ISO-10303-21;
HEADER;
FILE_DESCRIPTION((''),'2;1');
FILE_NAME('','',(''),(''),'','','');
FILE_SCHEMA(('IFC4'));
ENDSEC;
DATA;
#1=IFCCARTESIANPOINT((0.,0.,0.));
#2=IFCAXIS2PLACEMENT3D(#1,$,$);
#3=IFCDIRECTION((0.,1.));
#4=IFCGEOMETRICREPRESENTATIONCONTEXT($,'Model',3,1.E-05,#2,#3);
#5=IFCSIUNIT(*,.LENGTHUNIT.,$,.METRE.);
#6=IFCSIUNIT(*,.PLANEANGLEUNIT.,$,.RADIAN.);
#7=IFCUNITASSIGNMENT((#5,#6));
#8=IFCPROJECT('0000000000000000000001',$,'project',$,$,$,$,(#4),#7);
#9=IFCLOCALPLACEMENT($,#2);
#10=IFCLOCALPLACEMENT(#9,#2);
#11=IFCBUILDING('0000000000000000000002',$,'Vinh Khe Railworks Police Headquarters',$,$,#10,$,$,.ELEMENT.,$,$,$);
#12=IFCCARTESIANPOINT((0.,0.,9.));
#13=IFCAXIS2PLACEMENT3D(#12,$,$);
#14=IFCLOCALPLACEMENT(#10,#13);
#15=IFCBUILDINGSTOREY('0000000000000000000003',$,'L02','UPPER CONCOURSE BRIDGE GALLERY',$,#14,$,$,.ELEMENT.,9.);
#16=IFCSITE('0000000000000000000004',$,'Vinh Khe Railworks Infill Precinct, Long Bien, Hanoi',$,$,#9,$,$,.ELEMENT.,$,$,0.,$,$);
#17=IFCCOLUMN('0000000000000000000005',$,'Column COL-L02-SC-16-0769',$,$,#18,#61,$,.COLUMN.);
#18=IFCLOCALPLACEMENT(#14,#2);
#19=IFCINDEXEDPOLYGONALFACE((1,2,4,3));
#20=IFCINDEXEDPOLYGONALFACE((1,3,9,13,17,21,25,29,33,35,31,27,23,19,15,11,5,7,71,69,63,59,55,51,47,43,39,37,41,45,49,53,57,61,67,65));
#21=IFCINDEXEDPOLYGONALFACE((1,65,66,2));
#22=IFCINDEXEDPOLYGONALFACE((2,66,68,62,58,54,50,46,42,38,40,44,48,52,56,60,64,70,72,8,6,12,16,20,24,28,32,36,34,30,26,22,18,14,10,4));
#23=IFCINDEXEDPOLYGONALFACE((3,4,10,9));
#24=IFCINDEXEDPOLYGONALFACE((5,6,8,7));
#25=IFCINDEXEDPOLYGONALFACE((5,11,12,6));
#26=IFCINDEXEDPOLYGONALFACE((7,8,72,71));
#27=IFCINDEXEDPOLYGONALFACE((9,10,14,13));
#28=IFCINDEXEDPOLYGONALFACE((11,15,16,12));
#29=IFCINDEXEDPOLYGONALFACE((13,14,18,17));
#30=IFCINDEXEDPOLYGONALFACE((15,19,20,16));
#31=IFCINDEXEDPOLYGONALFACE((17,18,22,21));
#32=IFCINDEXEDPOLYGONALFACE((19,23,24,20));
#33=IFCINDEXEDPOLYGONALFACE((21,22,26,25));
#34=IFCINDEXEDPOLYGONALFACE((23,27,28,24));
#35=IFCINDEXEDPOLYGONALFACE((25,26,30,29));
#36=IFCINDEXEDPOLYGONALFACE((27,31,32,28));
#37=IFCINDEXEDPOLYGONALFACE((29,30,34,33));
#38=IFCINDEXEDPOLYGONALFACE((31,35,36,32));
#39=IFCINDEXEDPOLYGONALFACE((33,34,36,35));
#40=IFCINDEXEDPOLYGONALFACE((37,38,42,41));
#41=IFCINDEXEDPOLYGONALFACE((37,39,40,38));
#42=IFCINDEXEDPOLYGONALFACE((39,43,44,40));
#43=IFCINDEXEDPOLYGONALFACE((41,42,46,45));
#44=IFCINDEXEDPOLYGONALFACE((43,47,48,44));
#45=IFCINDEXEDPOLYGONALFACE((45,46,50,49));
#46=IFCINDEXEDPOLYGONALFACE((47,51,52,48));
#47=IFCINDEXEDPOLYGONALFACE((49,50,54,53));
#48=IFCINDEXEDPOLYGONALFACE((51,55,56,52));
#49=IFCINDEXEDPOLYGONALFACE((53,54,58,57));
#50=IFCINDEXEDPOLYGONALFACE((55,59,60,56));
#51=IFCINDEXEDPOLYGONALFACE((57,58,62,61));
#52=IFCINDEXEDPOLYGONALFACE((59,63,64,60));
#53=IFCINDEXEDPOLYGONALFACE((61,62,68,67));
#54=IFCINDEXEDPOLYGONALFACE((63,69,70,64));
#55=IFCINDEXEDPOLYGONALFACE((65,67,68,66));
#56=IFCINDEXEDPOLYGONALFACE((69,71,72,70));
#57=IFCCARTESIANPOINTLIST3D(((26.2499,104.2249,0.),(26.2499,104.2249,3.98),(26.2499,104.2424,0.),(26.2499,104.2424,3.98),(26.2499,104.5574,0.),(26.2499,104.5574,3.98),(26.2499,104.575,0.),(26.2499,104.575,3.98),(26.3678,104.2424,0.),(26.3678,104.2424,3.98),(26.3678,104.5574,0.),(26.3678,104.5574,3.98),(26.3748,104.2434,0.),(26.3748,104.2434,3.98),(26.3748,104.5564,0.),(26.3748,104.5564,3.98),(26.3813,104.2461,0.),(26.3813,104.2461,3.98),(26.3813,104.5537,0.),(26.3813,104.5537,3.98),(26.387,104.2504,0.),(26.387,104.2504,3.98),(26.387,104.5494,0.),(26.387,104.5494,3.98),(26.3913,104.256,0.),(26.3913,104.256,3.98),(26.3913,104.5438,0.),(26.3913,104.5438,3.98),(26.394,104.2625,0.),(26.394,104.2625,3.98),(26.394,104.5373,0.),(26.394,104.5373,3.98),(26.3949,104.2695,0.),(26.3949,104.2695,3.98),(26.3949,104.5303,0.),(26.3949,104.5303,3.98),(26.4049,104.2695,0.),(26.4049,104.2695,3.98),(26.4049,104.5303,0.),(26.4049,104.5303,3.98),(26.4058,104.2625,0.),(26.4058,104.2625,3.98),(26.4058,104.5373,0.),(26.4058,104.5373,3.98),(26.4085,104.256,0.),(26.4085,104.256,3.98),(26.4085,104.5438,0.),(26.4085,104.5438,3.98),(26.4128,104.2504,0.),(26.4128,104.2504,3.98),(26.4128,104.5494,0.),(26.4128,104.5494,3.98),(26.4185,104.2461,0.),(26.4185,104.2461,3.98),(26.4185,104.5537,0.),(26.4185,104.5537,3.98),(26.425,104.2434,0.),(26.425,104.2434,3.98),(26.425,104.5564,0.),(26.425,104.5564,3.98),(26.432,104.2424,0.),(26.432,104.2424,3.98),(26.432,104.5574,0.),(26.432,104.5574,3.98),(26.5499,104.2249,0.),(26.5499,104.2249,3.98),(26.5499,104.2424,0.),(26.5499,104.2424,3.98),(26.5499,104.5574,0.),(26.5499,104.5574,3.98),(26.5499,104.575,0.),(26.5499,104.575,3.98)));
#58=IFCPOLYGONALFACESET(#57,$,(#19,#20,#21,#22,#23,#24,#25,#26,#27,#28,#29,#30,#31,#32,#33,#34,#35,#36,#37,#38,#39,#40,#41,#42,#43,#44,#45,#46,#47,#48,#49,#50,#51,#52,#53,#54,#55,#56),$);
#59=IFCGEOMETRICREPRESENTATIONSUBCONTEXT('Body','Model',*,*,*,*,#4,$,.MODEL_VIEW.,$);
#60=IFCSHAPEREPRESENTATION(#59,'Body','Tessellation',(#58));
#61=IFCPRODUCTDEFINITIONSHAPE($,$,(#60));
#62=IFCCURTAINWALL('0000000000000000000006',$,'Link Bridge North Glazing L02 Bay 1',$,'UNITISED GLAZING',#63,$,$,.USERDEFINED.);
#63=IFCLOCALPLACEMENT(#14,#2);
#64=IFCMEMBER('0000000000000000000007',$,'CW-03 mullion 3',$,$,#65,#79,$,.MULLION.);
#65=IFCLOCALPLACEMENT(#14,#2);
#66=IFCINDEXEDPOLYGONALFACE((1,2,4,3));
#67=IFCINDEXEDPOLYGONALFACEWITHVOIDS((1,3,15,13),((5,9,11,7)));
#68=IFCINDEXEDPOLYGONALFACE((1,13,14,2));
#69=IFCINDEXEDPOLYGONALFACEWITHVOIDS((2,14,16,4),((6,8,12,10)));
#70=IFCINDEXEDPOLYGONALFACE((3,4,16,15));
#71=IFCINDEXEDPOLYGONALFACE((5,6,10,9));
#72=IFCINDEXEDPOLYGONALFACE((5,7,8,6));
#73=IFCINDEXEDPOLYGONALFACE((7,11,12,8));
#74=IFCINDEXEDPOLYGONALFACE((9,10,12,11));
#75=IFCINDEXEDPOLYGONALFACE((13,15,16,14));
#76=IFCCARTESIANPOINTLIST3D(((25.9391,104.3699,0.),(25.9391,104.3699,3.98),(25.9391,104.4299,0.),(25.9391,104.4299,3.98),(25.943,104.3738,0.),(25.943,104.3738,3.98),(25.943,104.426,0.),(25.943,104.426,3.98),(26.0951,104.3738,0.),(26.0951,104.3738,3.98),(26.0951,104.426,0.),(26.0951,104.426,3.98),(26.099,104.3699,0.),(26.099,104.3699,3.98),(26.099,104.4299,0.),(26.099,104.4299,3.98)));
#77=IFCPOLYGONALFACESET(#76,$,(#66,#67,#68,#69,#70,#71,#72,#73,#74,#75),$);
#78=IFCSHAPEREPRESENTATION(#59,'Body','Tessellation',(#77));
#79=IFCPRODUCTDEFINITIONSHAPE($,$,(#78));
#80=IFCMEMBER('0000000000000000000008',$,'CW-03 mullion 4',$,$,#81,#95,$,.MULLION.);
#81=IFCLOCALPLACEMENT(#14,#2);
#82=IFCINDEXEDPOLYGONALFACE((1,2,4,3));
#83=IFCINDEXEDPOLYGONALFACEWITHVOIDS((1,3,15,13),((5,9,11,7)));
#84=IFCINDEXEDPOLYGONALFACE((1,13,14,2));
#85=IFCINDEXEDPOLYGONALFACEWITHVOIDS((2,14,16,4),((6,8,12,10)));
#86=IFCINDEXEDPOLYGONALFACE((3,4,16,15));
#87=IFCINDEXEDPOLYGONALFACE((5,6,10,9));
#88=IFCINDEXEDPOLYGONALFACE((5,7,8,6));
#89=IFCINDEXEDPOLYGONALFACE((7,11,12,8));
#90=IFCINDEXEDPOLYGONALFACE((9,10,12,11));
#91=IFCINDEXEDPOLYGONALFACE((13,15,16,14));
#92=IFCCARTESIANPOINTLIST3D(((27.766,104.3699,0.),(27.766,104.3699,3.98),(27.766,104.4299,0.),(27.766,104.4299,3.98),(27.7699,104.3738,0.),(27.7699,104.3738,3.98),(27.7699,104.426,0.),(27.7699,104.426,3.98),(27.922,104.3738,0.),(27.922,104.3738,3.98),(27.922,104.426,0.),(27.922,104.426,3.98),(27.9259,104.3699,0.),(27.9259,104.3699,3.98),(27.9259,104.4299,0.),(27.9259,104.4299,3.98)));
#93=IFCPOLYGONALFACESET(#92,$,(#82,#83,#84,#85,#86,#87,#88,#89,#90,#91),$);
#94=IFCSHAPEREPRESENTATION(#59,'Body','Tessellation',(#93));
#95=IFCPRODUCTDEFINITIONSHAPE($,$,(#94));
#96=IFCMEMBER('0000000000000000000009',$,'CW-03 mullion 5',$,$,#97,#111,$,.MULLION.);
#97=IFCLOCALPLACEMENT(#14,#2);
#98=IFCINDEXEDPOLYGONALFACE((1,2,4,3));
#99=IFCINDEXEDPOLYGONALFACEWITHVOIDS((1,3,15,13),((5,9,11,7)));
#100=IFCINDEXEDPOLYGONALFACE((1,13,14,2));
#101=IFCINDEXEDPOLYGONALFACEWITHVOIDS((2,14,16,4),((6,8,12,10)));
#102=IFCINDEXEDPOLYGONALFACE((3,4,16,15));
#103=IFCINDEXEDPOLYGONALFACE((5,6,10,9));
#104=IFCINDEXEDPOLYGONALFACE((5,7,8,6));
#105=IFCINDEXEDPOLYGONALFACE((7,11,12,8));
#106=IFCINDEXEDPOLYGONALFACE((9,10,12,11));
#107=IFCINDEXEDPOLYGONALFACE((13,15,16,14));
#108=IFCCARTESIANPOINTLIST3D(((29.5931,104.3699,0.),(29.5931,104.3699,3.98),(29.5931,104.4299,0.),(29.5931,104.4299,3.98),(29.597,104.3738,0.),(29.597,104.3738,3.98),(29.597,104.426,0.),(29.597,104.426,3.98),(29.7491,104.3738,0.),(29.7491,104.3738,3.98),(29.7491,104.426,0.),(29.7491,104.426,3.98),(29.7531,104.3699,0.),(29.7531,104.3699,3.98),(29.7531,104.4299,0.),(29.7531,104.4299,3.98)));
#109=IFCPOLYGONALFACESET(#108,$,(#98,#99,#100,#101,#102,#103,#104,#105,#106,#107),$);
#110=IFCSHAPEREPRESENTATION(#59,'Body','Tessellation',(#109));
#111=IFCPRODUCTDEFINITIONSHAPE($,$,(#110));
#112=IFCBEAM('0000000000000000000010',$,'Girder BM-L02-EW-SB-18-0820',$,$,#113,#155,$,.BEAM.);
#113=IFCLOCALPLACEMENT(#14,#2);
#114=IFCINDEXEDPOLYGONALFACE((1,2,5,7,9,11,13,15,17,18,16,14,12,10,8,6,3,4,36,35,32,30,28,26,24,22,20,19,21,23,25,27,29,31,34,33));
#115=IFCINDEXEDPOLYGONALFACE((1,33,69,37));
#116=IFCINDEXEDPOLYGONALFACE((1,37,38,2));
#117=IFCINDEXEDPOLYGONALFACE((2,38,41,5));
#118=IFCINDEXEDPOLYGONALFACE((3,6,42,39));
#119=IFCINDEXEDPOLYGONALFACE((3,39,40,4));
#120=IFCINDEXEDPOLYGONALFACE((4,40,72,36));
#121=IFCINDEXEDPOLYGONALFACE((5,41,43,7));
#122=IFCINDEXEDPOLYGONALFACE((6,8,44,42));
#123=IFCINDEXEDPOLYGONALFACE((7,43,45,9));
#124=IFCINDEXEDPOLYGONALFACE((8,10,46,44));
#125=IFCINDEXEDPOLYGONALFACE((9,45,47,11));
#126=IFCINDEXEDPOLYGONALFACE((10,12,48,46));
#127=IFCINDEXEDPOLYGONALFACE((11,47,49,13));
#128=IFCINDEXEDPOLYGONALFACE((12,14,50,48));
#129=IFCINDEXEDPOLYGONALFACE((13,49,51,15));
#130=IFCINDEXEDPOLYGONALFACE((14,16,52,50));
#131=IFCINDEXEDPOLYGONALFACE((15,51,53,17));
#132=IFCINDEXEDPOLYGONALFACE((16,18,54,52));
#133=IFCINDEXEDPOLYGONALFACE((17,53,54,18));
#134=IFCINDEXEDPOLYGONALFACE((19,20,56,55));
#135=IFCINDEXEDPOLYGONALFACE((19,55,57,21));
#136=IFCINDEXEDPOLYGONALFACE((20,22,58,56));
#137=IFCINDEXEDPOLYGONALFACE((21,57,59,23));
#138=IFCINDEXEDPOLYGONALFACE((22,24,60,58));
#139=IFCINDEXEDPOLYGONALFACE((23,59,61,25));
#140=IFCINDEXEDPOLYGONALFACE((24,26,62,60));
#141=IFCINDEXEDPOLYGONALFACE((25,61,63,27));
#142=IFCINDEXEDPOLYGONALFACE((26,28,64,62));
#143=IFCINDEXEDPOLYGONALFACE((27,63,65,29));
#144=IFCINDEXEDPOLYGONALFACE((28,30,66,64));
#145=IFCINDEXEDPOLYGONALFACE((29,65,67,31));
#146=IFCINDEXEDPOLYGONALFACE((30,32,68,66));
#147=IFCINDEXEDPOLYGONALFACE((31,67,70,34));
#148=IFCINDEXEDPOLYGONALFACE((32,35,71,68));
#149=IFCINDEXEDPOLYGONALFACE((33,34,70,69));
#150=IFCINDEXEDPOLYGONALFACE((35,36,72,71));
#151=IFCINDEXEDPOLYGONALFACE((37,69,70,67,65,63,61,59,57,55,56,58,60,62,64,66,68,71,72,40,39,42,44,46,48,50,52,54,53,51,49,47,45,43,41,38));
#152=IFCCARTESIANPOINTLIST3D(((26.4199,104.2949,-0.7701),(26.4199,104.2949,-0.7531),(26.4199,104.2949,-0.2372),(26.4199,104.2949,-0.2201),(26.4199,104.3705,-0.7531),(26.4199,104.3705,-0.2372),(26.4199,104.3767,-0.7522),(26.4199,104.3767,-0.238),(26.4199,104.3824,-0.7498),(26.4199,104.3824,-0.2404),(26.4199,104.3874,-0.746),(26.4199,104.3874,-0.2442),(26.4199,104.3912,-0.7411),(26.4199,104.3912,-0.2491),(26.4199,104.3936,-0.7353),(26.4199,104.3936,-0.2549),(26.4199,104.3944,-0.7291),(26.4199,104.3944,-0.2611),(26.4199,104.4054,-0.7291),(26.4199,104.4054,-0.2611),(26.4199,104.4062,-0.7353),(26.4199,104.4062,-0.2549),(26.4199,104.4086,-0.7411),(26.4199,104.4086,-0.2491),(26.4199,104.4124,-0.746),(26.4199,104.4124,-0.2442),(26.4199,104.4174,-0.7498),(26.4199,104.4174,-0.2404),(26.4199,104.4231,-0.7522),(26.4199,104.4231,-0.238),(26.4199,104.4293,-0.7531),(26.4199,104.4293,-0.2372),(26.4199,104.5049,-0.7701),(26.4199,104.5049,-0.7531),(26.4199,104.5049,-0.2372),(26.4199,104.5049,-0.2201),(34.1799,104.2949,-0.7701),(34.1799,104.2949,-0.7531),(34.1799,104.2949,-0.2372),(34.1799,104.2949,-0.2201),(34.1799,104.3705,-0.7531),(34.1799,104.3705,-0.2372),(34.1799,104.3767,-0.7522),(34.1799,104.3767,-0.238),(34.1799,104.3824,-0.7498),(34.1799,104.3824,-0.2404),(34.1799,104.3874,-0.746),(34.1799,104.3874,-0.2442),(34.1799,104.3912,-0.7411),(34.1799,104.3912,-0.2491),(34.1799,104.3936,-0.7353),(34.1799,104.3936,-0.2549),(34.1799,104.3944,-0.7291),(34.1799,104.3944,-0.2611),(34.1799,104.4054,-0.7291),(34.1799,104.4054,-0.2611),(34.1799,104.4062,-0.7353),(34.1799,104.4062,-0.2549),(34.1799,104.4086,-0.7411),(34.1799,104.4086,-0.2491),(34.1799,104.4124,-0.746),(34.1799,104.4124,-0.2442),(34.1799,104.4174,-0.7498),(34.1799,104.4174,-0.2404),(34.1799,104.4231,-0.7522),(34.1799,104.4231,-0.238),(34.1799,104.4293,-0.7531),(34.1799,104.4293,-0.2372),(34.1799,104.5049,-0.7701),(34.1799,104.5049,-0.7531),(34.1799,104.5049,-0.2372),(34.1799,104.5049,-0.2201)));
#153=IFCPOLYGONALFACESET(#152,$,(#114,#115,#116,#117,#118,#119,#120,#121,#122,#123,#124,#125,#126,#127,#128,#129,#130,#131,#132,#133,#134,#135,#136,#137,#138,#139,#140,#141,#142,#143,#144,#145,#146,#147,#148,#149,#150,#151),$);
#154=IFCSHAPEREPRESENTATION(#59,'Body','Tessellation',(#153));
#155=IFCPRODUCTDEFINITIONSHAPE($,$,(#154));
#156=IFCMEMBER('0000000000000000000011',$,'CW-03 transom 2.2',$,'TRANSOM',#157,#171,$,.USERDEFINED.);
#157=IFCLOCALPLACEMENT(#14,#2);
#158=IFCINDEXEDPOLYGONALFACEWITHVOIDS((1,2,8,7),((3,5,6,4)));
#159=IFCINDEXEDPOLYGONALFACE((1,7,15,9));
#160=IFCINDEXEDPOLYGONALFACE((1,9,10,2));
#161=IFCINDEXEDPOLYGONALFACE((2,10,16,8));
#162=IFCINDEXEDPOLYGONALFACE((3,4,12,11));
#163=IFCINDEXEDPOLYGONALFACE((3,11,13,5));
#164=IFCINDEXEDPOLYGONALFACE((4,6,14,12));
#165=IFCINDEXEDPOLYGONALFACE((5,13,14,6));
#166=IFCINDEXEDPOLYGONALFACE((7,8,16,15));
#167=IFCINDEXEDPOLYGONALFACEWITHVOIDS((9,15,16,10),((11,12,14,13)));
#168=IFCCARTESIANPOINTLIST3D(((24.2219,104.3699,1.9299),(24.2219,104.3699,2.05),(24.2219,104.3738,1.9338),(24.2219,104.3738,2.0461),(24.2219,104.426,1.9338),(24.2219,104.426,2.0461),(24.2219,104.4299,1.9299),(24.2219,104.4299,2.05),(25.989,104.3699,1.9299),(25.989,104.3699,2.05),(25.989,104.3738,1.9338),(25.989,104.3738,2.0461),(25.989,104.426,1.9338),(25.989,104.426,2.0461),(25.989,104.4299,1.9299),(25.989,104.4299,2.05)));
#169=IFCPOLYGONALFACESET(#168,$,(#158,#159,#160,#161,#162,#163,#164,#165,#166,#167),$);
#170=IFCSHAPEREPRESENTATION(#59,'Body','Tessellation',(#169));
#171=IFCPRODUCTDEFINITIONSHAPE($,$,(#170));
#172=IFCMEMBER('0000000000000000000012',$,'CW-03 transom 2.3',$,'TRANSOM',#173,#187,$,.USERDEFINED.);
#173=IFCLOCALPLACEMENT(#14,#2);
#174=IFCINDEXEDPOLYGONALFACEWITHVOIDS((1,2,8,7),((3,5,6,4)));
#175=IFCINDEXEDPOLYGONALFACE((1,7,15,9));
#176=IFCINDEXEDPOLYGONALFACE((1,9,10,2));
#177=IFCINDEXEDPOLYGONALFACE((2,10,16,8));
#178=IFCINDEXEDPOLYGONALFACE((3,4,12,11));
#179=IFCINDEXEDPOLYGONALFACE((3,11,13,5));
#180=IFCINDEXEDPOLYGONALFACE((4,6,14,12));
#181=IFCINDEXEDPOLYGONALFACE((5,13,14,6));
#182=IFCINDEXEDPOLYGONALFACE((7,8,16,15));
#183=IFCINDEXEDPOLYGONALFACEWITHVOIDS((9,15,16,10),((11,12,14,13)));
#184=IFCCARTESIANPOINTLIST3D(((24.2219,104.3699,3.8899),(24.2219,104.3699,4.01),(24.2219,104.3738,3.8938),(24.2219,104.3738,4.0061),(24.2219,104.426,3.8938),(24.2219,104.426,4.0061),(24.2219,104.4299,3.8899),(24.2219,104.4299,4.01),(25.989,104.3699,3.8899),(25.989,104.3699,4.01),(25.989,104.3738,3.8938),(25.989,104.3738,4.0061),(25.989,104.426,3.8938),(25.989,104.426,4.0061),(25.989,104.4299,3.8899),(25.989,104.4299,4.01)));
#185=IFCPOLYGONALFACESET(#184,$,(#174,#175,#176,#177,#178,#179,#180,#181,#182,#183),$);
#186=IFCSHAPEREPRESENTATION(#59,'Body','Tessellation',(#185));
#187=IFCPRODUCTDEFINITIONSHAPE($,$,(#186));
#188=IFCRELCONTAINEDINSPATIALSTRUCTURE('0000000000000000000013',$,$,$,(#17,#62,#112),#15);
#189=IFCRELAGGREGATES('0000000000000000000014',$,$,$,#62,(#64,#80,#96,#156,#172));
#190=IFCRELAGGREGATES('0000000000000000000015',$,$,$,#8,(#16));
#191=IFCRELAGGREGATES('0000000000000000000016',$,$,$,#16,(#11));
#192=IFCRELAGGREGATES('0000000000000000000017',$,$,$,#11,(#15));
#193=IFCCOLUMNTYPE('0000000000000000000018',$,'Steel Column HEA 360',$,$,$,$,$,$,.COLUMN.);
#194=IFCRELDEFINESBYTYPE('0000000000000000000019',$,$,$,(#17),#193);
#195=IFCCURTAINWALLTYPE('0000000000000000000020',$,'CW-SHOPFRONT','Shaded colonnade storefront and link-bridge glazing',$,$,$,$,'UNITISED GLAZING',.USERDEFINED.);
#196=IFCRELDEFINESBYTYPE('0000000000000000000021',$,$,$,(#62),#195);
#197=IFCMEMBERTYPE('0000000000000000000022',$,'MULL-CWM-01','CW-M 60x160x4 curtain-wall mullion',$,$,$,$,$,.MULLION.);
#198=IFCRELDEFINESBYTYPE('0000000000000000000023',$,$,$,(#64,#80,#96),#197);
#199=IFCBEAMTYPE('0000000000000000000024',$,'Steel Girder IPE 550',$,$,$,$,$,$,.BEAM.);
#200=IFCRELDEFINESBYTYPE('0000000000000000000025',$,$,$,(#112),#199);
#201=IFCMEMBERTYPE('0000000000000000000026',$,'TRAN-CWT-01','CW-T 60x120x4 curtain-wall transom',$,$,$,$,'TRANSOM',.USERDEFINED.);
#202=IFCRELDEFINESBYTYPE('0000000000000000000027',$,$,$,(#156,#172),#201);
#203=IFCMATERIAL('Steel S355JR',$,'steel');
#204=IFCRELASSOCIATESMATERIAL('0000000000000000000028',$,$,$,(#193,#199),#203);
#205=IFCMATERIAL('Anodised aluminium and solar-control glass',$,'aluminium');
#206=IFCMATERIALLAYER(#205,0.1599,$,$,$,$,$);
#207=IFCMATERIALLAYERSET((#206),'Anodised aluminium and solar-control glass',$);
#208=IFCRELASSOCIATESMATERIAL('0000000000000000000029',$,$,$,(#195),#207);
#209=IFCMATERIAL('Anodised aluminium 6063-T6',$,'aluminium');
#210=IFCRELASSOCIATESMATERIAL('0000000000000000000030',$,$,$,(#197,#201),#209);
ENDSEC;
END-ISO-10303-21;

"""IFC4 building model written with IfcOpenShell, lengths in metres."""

from ifc_helpers import new_model, si_unit, direction, frame, origin, origin_2d, place, context, subcontext, project, spatial, hollow_rectangle, i_section, extrude, material, layer, layer_set, material_profile, profile_set, type_object, element, aggregate, save


model = new_model("IFC4")

# Units and contexts
model_context = context("Model", 3, precision=1e-05, world=origin(), true_north=direction((0.0, 1.0)))
body_context = subcontext(model_context, "Body", "Model", "MODEL_VIEW")
ifc_project = project(units=[si_unit("LENGTHUNIT", "METRE"), si_unit("PLANEANGLEUNIT", "RADIAN")], contexts=[model_context])

# Site, building, storey
site_placement = place(None, origin())
site = spatial("IfcSite", under=ifc_project, at=site_placement, Name="Vinh Khe Railworks Infill Precinct, Long Bien, Hanoi", CompositionType="ELEMENT", RefElevation=0.0)
building_placement = place(site_placement, origin())
building = spatial("IfcBuilding", under=site, at=building_placement, Name="Vinh Khe Railworks Police Headquarters", CompositionType="ELEMENT")
storey_placement = place(building_placement, frame((0.0, 0.0, 9.0)))
storey = spatial("IfcBuildingStorey", under=building, at=storey_placement, Name="L02", Description="UPPER CONCOURSE BRIDGE GALLERY", CompositionType="ELEMENT", Elevation=9.0)

# Column
ifc_material_1 = material(Name="Steel S355JR", Category="steel")
ifc_material_profile_1 = material_profile(ifc_material_1, i_section(OverallWidth=0.3, OverallDepth=0.3501, WebThickness=0.01, FlangeThickness=0.0176, FilletRadius=0.0271, at=origin_2d()), Name="HEA 360")
ifc_profile_set_1 = profile_set([ifc_material_profile_1], Name="Steel S355JR")
column_type = type_object("IfcColumnType", Name="Steel Column HEA 360", PredefinedType="COLUMN", material=ifc_profile_set_1)
column_placement = place(storey_placement, frame((26.3999, 104.3999, 0.0), z_axis=(0.0, 0.0, 1.0), x_axis=(1.0, 0.0, 0.0)))
element("IfcColumn", 1, at=column_placement, inside=storey, type_object=column_type, Name="Column COL-L02-SC-16-0769", PredefinedType="COLUMN", context=body_context, shape_type="SweptSolid", body=[
    extrude(i_section(OverallWidth=0.3, OverallDepth=0.3501, WebThickness=0.01, FlangeThickness=0.0176, FilletRadius=0.0271, at=origin_2d()), origin(), (0.0, 0.0, 1.0), 3.98),
])

# Curtain wall, members
ifc_material_2 = material(Name="Anodised aluminium and solar-control glass", Category="aluminium")
ifc_layer_1 = layer(ifc_material_2, 0.1599)
ifc_layer_set_1 = layer_set([ifc_layer_1], Name="Anodised aluminium and solar-control glass")
curtain_wall_type = type_object("IfcCurtainWallType", Name="CW-SHOPFRONT", Description="Shaded colonnade storefront and link-bridge glazing", ElementType="UNITISED GLAZING", PredefinedType="USERDEFINED", material=ifc_layer_set_1)
curtain_wall_placement = place(storey_placement, origin())
curtain_wall = element("IfcCurtainWall", 2, at=curtain_wall_placement, inside=storey, type_object=curtain_wall_type, Name="Link Bridge North Glazing L02 Bay 1", ObjectType="UNITISED GLAZING", PredefinedType="USERDEFINED")
ifc_material_3 = material(Name="Anodised aluminium 6063-T6", Category="aluminium")
ifc_material_profile_2 = material_profile(ifc_material_3, hollow_rectangle(XDim=0.0601, YDim=0.1599, WallThickness=0.0039, at=origin_2d()), Name="CW-M 60x160x4")
ifc_profile_set_2 = profile_set([ifc_material_profile_2], Name="Anodised aluminium 6063-T6")
member_type_1 = type_object("IfcMemberType", Name="MULL-CWM-01", Description="CW-M 60x160x4 curtain-wall mullion", PredefinedType="MULLION", material=ifc_profile_set_2)
member_1_placement = place(storey_placement, frame((26.019, 104.3999, 0.0), z_axis=(0.0, 0.0, 1.0), x_axis=(0.0, 1.0, 0.0)))
member_1 = element("IfcMember", 3, at=member_1_placement, type_object=member_type_1, Name="CW-03 mullion 3", PredefinedType="MULLION", context=body_context, shape_type="SweptSolid", body=[
    extrude(hollow_rectangle(XDim=0.0601, YDim=0.1599, WallThickness=0.0039, at=origin_2d()), origin(), (0.0, 0.0, 1.0), 3.98),
])
member_2_placement = place(storey_placement, frame((27.8459, 104.3999, 0.0), z_axis=(0.0, 0.0, 1.0), x_axis=(0.0, 1.0, 0.0)))
member_2 = element("IfcMember", 4, at=member_2_placement, type_object=member_type_1, Name="CW-03 mullion 4", PredefinedType="MULLION", context=body_context, shape_type="SweptSolid", body=[
    extrude(hollow_rectangle(XDim=0.0601, YDim=0.1599, WallThickness=0.0039, at=origin_2d()), origin(), (0.0, 0.0, 1.0), 3.98),
])
member_3_placement = place(storey_placement, frame((29.6731, 104.3999, 0.0), z_axis=(0.0, 0.0, 1.0), x_axis=(0.0, 1.0, 0.0)))
member_3 = element("IfcMember", 5, at=member_3_placement, type_object=member_type_1, Name="CW-03 mullion 5", PredefinedType="MULLION", context=body_context, shape_type="SweptSolid", body=[
    extrude(hollow_rectangle(XDim=0.0601, YDim=0.1599, WallThickness=0.0039, at=origin_2d()), origin(), (0.0, 0.0, 1.0), 3.98),
])

# Beam
ifc_material_profile_3 = material_profile(ifc_material_1, i_section(OverallWidth=0.21, OverallDepth=0.55, WebThickness=0.011, FlangeThickness=0.0171, FilletRadius=0.0239, at=origin_2d()), Name="IPE 550")
ifc_profile_set_3 = profile_set([ifc_material_profile_3], Name="Steel S355JR")
beam_type = type_object("IfcBeamType", Name="Steel Girder IPE 550", PredefinedType="BEAM", material=ifc_profile_set_3)
beam_placement = place(storey_placement, frame((26.4199, 104.3999, -0.4951), z_axis=(1.0, 0.0, 0.0), x_axis=(0.0, 1.0, 0.0)))
element("IfcBeam", 6, at=beam_placement, inside=storey, type_object=beam_type, Name="Girder BM-L02-EW-SB-18-0820", PredefinedType="BEAM", context=body_context, shape_type="SweptSolid", body=[
    extrude(i_section(OverallWidth=0.21, OverallDepth=0.55, WebThickness=0.011, FlangeThickness=0.0171, FilletRadius=0.0239, at=origin_2d()), origin(), (0.0, 0.0, 1.0), 7.76),
])

# Members
ifc_material_profile_4 = material_profile(ifc_material_3, hollow_rectangle(XDim=0.0601, YDim=0.1201, WallThickness=0.0039, at=origin_2d()), Name="CW-T 60x120x4")
ifc_profile_set_4 = profile_set([ifc_material_profile_4], Name="Anodised aluminium 6063-T6")
member_type_2 = type_object("IfcMemberType", Name="TRAN-CWT-01", Description="CW-T 60x120x4 curtain-wall transom", ElementType="TRANSOM", PredefinedType="USERDEFINED", material=ifc_profile_set_4)
member_4_placement = place(storey_placement, frame((24.2219, 104.3999, 1.99), z_axis=(1.0, 0.0, 0.0), x_axis=(0.0, 1.0, 0.0)))
member_4 = element("IfcMember", 7, at=member_4_placement, type_object=member_type_2, Name="CW-03 transom 2.2", ObjectType="TRANSOM", PredefinedType="USERDEFINED", context=body_context, shape_type="SweptSolid", body=[
    extrude(hollow_rectangle(XDim=0.0601, YDim=0.1201, WallThickness=0.0039, at=origin_2d()), origin(), (0.0, 0.0, 1.0), 1.7671),
])
member_5_placement = place(storey_placement, frame((24.2219, 104.3999, 3.95), z_axis=(1.0, 0.0, 0.0), x_axis=(0.0, 1.0, 0.0)))
member_5 = element("IfcMember", 8, at=member_5_placement, type_object=member_type_2, Name="CW-03 transom 2.3", ObjectType="TRANSOM", PredefinedType="USERDEFINED", context=body_context, shape_type="SweptSolid", body=[
    extrude(hollow_rectangle(XDim=0.0601, YDim=0.1201, WallThickness=0.0039, at=origin_2d()), origin(), (0.0, 0.0, 1.0), 1.7671),
])

aggregate(curtain_wall, [member_1, member_2, member_3, member_4, member_5])

save(model, "model.ifc")
